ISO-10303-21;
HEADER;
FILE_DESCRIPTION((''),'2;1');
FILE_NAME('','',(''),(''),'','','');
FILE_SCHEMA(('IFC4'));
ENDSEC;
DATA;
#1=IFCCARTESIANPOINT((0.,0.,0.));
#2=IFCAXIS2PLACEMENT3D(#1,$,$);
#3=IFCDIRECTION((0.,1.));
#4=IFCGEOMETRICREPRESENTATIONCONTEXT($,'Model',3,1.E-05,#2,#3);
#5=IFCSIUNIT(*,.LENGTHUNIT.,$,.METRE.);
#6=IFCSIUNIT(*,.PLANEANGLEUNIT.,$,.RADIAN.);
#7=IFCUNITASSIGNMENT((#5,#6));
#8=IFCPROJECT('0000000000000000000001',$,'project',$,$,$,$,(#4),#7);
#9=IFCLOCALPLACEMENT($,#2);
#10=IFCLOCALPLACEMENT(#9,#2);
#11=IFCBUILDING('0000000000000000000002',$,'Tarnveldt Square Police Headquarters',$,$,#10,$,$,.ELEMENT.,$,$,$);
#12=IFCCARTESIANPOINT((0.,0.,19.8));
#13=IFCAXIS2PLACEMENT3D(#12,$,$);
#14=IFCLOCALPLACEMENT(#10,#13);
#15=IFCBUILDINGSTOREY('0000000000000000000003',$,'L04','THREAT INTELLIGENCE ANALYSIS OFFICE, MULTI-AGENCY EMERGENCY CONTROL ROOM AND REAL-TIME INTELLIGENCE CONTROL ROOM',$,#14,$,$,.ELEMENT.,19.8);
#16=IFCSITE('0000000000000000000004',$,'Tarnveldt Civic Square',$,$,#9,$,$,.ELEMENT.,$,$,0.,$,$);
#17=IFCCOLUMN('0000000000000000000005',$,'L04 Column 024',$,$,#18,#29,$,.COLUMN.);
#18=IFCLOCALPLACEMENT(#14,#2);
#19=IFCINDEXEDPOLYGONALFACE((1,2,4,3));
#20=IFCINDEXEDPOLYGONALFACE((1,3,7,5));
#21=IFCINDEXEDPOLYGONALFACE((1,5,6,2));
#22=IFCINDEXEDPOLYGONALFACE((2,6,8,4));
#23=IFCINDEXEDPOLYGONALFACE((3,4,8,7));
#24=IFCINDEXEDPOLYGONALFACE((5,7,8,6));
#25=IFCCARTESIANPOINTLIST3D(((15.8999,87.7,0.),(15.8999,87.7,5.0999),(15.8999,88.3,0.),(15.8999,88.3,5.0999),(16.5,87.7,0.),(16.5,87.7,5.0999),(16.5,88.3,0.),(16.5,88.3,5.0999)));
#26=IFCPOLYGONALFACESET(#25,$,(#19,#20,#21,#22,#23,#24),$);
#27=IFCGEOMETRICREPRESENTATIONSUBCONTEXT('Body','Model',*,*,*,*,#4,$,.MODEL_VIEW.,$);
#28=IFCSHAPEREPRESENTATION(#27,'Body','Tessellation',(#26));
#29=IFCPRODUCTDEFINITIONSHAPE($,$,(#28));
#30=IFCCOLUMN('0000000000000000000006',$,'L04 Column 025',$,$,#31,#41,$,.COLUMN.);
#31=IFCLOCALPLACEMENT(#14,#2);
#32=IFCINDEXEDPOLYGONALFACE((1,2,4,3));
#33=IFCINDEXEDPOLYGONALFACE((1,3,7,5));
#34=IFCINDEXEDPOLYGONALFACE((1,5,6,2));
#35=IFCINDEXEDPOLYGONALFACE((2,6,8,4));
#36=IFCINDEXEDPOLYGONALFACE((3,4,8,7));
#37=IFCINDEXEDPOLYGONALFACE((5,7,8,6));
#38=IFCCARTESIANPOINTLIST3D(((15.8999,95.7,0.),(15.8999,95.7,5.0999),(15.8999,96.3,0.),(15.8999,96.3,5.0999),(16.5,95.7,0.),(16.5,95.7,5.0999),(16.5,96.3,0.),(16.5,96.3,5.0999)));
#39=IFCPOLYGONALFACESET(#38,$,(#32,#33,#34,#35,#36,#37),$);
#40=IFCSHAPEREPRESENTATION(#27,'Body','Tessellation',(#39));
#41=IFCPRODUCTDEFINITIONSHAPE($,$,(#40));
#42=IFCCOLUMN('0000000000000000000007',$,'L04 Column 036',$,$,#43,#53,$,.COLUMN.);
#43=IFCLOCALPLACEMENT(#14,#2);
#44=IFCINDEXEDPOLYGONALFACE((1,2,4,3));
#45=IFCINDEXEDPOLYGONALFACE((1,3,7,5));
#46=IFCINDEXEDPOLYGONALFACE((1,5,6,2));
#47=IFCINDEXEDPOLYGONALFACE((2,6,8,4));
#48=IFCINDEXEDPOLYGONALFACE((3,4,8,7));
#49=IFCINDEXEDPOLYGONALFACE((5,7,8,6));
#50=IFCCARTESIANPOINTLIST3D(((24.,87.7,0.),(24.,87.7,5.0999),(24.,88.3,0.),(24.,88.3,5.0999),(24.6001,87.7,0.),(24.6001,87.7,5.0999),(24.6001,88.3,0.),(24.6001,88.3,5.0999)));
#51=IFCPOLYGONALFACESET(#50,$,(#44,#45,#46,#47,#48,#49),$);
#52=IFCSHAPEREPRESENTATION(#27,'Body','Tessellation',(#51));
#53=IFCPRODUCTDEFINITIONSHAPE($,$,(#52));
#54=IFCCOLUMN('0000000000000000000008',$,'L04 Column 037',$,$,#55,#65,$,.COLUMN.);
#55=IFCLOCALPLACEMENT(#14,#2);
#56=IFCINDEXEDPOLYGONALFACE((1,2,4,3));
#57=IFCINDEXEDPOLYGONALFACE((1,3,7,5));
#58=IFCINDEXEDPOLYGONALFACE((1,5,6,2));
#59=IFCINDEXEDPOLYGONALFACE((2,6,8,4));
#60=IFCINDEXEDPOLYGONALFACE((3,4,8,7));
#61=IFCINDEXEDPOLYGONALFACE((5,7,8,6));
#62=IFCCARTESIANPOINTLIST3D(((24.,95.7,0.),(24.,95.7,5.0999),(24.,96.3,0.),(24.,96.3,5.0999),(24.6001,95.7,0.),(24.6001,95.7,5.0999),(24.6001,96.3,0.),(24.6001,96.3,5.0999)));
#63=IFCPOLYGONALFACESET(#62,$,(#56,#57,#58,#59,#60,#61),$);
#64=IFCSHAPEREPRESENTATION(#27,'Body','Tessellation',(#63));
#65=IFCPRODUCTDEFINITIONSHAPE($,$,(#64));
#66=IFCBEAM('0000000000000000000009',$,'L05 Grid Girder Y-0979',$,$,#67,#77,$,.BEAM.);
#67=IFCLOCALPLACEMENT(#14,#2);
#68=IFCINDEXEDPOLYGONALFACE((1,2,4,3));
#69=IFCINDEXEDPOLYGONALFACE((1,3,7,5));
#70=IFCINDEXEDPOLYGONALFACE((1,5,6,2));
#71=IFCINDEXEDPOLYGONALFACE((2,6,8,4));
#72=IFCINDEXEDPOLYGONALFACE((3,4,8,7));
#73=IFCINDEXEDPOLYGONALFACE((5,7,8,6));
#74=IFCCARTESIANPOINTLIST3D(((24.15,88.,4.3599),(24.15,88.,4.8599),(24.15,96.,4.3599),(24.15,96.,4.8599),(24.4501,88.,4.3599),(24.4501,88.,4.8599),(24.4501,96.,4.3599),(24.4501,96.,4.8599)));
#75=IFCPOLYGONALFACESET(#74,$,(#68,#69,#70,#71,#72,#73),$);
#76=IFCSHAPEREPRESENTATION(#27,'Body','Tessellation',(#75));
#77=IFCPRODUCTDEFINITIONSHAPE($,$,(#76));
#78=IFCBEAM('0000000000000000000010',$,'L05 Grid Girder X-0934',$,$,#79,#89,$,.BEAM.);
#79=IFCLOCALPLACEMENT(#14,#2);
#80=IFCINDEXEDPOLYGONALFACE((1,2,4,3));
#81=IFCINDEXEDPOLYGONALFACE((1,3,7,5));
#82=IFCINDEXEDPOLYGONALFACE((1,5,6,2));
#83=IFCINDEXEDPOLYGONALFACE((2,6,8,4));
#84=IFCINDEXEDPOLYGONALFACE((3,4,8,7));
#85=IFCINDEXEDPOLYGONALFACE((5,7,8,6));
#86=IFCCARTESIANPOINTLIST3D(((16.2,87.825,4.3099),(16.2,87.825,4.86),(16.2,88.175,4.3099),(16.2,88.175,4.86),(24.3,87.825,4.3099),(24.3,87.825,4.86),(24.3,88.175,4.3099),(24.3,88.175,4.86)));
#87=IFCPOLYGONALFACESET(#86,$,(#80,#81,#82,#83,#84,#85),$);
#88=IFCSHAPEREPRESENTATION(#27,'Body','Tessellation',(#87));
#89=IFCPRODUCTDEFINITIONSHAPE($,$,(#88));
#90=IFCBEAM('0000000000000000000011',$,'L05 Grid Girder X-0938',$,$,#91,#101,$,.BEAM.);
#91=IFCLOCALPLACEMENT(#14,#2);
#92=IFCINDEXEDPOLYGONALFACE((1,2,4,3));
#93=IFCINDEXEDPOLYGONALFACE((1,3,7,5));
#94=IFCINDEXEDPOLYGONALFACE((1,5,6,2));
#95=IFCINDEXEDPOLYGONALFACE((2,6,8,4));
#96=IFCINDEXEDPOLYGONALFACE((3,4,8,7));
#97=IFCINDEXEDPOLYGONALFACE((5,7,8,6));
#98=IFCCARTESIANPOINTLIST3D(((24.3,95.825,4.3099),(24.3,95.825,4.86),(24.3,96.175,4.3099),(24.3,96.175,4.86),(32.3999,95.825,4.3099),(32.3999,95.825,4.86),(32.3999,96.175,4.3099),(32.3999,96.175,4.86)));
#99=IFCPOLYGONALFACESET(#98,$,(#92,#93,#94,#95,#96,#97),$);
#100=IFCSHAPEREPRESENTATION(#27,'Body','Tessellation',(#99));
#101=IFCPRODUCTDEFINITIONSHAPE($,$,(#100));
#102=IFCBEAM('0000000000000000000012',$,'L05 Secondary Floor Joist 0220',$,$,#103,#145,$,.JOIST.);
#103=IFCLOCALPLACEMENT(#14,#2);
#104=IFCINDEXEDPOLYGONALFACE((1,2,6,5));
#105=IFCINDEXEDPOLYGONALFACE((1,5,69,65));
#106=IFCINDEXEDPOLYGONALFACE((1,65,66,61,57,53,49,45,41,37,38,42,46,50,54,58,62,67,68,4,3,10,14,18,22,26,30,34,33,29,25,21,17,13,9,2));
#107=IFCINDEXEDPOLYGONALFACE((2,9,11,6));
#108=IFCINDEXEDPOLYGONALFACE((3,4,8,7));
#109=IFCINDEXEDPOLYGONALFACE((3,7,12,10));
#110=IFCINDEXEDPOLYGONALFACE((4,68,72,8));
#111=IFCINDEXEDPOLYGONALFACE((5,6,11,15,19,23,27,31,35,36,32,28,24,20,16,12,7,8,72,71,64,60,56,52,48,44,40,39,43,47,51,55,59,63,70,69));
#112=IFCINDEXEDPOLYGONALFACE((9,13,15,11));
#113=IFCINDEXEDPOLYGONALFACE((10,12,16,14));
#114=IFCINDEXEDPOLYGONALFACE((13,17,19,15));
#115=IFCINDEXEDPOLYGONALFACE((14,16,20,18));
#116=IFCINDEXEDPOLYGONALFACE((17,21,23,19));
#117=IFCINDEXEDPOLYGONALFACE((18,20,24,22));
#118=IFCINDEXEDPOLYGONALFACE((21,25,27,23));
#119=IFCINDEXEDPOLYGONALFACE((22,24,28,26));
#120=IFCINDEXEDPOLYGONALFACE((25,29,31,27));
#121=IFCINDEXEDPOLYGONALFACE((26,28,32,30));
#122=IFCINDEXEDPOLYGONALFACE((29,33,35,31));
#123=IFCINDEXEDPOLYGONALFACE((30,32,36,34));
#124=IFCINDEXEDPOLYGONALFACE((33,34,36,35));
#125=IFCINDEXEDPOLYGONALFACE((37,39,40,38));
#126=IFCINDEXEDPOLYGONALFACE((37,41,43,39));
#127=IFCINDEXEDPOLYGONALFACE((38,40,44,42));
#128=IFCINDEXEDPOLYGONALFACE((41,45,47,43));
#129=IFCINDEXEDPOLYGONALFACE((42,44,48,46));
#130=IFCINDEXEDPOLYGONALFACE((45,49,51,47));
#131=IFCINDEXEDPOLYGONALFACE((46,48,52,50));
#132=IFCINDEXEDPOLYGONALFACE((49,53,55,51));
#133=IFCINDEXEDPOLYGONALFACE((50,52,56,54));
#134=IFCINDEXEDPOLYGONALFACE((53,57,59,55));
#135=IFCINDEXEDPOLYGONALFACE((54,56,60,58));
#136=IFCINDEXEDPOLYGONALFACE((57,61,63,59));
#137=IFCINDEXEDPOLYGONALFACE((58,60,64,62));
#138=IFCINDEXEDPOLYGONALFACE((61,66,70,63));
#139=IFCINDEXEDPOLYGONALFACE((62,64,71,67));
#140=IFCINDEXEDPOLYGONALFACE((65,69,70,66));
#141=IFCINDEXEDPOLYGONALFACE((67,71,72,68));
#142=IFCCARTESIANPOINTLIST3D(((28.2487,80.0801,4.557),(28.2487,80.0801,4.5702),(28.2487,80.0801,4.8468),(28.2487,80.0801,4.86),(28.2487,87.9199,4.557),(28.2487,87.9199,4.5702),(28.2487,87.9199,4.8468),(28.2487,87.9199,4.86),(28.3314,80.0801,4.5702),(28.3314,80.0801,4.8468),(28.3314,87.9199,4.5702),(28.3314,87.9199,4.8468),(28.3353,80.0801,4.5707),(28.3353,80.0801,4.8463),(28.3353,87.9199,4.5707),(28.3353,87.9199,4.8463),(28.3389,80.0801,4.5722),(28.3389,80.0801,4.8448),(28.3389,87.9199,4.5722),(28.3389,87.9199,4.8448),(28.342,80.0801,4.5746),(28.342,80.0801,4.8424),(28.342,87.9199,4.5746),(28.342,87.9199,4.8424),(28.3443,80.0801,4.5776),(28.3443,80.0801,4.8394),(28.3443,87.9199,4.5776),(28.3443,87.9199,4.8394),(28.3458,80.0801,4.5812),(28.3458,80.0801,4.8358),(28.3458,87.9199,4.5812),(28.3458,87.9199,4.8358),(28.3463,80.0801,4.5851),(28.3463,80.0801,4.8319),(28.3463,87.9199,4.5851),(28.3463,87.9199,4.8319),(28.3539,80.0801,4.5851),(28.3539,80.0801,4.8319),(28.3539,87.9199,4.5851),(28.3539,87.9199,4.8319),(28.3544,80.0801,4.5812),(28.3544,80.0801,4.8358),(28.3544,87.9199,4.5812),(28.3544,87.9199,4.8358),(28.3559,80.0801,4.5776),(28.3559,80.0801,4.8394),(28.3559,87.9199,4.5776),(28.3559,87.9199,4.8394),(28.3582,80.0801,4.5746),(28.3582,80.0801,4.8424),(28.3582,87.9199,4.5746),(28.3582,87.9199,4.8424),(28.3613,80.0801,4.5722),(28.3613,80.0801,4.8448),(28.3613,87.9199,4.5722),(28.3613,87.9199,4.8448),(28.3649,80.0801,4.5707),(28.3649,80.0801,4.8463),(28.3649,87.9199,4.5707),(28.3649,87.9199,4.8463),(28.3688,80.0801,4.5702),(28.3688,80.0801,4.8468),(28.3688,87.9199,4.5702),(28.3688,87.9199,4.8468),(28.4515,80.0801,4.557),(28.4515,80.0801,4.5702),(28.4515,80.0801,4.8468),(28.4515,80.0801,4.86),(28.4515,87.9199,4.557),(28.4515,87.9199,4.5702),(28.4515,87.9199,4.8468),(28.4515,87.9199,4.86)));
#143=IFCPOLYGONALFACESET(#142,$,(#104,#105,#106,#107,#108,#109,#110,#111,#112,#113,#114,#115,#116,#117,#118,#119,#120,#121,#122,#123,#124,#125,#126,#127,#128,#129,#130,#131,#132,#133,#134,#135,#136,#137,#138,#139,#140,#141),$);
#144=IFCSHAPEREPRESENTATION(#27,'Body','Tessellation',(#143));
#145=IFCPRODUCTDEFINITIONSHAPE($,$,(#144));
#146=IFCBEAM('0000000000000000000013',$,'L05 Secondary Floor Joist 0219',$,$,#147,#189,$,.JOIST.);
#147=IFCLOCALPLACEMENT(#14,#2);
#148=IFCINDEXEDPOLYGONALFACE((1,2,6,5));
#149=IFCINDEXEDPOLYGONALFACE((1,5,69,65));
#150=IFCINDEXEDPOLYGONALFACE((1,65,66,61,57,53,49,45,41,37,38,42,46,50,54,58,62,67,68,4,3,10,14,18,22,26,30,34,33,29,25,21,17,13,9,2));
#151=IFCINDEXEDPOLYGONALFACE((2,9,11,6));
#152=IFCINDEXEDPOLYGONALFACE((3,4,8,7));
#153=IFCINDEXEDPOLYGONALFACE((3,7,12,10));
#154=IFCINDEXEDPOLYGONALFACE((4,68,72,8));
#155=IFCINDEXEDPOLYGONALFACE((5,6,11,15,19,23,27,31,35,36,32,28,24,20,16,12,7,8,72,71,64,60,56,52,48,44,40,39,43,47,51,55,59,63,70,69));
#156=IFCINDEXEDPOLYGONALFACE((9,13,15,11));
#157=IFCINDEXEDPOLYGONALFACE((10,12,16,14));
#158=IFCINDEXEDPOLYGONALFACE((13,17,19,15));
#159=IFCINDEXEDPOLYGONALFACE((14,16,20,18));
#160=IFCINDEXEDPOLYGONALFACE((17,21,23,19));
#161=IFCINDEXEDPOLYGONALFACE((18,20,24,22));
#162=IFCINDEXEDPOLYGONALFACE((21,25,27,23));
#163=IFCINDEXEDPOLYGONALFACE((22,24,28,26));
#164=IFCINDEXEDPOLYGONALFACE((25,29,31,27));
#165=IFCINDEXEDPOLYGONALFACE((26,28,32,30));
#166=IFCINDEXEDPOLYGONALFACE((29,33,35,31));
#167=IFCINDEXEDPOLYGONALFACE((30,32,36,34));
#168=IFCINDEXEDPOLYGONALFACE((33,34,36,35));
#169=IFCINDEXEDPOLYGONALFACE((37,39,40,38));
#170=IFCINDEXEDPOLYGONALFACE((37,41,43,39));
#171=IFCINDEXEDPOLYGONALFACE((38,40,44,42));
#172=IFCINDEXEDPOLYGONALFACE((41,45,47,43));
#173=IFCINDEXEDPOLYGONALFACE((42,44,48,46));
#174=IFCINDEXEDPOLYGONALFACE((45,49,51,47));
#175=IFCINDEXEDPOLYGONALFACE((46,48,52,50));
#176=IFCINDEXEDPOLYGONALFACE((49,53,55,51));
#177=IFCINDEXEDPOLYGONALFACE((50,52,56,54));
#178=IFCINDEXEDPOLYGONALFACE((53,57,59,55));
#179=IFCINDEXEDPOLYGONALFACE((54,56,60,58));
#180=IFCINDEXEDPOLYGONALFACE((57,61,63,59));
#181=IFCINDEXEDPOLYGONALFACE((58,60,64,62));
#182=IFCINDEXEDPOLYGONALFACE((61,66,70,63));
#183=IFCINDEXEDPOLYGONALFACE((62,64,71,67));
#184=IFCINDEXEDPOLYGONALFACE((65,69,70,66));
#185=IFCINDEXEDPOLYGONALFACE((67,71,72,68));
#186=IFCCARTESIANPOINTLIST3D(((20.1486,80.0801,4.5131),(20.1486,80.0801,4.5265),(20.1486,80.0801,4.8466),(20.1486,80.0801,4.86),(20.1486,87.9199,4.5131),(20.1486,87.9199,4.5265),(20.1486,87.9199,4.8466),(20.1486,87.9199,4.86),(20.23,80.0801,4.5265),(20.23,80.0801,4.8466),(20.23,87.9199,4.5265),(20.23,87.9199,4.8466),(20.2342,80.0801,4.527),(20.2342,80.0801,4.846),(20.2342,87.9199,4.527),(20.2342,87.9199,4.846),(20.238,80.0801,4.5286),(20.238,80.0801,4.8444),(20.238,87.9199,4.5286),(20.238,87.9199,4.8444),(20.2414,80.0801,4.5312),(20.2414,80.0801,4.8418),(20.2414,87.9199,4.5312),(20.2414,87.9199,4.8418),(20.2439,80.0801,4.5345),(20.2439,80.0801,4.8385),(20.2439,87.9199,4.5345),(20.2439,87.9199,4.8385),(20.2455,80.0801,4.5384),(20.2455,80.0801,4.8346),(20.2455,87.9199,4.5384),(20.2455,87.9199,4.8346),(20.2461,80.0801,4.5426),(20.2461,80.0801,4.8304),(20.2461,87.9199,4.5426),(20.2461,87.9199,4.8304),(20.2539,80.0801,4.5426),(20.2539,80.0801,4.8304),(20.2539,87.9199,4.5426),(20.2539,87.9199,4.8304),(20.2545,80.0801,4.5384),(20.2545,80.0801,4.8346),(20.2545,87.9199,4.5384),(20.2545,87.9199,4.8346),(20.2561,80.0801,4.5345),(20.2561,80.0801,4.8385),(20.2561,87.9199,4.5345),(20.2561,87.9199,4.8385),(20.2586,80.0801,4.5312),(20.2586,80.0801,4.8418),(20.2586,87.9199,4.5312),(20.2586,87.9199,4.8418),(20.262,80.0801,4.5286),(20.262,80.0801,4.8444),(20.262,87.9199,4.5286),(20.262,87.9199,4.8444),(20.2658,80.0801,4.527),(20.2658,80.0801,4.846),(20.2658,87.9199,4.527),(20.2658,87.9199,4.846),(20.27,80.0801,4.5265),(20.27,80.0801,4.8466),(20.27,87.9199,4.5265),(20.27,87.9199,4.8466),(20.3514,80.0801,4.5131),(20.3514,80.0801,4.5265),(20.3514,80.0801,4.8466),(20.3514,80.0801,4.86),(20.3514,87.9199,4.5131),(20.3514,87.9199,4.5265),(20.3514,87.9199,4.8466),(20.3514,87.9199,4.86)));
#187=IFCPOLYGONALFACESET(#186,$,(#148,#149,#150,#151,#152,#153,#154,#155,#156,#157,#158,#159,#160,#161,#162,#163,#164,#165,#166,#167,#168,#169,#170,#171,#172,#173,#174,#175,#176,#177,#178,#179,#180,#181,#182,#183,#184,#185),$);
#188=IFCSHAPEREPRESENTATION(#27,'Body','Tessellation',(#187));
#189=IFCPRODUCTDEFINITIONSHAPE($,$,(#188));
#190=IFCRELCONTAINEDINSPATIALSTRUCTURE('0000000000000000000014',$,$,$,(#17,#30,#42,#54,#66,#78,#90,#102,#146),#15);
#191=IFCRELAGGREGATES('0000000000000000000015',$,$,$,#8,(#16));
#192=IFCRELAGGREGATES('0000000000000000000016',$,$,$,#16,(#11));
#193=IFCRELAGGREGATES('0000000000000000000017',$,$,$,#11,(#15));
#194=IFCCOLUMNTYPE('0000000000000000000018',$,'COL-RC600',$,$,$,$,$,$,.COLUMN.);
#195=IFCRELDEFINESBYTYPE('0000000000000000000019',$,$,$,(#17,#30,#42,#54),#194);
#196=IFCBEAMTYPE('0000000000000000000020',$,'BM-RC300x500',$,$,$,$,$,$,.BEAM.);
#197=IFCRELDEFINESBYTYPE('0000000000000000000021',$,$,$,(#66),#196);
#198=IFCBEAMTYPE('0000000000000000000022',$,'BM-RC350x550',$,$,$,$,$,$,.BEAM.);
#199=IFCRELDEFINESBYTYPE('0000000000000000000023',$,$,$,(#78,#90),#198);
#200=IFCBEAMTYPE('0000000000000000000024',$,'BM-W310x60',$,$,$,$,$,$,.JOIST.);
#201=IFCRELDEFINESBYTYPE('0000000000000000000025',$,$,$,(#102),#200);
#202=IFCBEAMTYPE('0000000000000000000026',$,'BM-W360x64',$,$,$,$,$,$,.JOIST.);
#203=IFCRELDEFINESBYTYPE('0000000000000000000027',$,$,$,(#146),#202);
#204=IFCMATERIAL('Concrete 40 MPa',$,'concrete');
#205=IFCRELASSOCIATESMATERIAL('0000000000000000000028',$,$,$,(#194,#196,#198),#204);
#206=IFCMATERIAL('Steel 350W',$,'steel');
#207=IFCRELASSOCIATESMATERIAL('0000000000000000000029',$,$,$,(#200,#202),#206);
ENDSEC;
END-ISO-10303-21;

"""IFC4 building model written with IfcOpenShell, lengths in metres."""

from ifc_helpers import new_model, si_unit, direction, frame, origin, origin_2d, place, context, subcontext, project, spatial, rectangle, i_section, extrude, material, material_profile, profile_set, type_object, element, save


model = new_model("IFC4")

# Units and contexts
model_context = context("Model", 3, precision=1e-05, world=origin(), true_north=direction((0.0, 1.0)))
body_context = subcontext(model_context, "Body", "Model", "MODEL_VIEW")
ifc_project = project(units=[si_unit("LENGTHUNIT", "METRE"), si_unit("PLANEANGLEUNIT", "RADIAN")], contexts=[model_context])

# Site, building, storey
site_placement = place(None, origin())
site = spatial("IfcSite", under=ifc_project, at=site_placement, Name="Tarnveldt Civic Square", CompositionType="ELEMENT", RefElevation=0.0)
building_placement = place(site_placement, origin())
building = spatial("IfcBuilding", under=site, at=building_placement, Name="Tarnveldt Square Police Headquarters", CompositionType="ELEMENT")
storey_placement = place(building_placement, frame((0.0, 0.0, 19.8)))
storey = spatial("IfcBuildingStorey", under=building, at=storey_placement, Name="L04", Description="THREAT INTELLIGENCE ANALYSIS OFFICE, MULTI-AGENCY EMERGENCY CONTROL ROOM AND REAL-TIME INTELLIGENCE CONTROL ROOM", CompositionType="ELEMENT", Elevation=19.8)

# Columns
ifc_material_1 = material(Name="Concrete 40 MPa", Category="concrete")
ifc_material_profile_1 = material_profile(ifc_material_1, rectangle(XDim=0.6001, YDim=0.6001, at=origin_2d()), Name="RC-C600x600")
ifc_profile_set_1 = profile_set([ifc_material_profile_1], Name="Concrete 40 MPa")
column_type = type_object("IfcColumnType", Name="COL-RC600", PredefinedType="COLUMN", material=ifc_profile_set_1)
for number, where, z_axis, x_axis, name in (
    (1, (16.2, 88.0, 0.0), (0.0, 0.0, 1.0), (1.0, 0.0, 0.0), "L04 Column 024"),
    (2, (16.2, 96.0, 0.0), (0.0, 0.0, 1.0), (1.0, 0.0, 0.0), "L04 Column 025"),
    (3, (24.3, 88.0, 0.0), (0.0, 0.0, 1.0), (1.0, 0.0, 0.0), "L04 Column 036"),
    (4, (24.3, 96.0, 0.0), (0.0, 0.0, 1.0), (1.0, 0.0, 0.0), "L04 Column 037"),
):
    element("IfcColumn", number, at=place(storey_placement, frame(where, z_axis=z_axis, x_axis=x_axis)), inside=storey, type_object=column_type, Name=name, PredefinedType="COLUMN", context=body_context, shape_type="SweptSolid", body=[
        extrude(rectangle(XDim=0.6001, YDim=0.6001, at=origin_2d()), origin(), (0.0, 0.0, 1.0), 5.0999),
    ])

# Beams
ifc_material_profile_2 = material_profile(ifc_material_1, rectangle(XDim=0.3, YDim=0.5, at=origin_2d()), Name="RC-B300x500")
ifc_profile_set_2 = profile_set([ifc_material_profile_2], Name="Concrete 40 MPa")
beam_type_1 = type_object("IfcBeamType", Name="BM-RC300x500", PredefinedType="BEAM", material=ifc_profile_set_2)
beam_1_placement = place(storey_placement, frame((24.3, 88.0, 4.6099), z_axis=(0.0, 1.0, 0.0), x_axis=(-1.0, 0.0, 0.0)))
element("IfcBeam", 5, at=beam_1_placement, inside=storey, type_object=beam_type_1, Name="L05 Grid Girder Y-0979", PredefinedType="BEAM", context=body_context, shape_type="SweptSolid", body=[
    extrude(rectangle(XDim=0.3, YDim=0.5, at=origin_2d()), origin(), (0.0, 0.0, 1.0), 8.0),
])
ifc_material_profile_3 = material_profile(ifc_material_1, rectangle(XDim=0.3501, YDim=0.55, at=origin_2d()), Name="RC-B350x550")
ifc_profile_set_3 = profile_set([ifc_material_profile_3], Name="Concrete 40 MPa")
beam_type_2 = type_object("IfcBeamType", Name="BM-RC350x550", PredefinedType="BEAM", material=ifc_profile_set_3)
beam_2_placement = place(storey_placement, frame((16.2, 88.0, 4.585), z_axis=(1.0, 0.0, 0.0), x_axis=(0.0, 1.0, 0.0)))
element("IfcBeam", 6, at=beam_2_placement, inside=storey, type_object=beam_type_2, Name="L05 Grid Girder X-0934", PredefinedType="BEAM", context=body_context, shape_type="SweptSolid", body=[
    extrude(rectangle(XDim=0.3501, YDim=0.55, at=origin_2d()), origin(), (0.0, 0.0, 1.0), 8.1001),
])
beam_3_placement = place(storey_placement, frame((24.3, 96.0, 4.585), z_axis=(1.0, 0.0, 0.0), x_axis=(0.0, 1.0, 0.0)))
element("IfcBeam", 7, at=beam_3_placement, inside=storey, type_object=beam_type_2, Name="L05 Grid Girder X-0938", PredefinedType="BEAM", context=body_context, shape_type="SweptSolid", body=[
    extrude(rectangle(XDim=0.3501, YDim=0.55, at=origin_2d()), origin(), (0.0, 0.0, 1.0), 8.0999),
])
ifc_material_2 = material(Name="Steel 350W", Category="steel")
ifc_material_profile_4 = material_profile(ifc_material_2, i_section(OverallWidth=0.2029, OverallDepth=0.303, WebThickness=0.0076, FlangeThickness=0.0132, FilletRadius=0.0149, at=origin_2d()), Name="W310x60")
ifc_profile_set_4 = profile_set([ifc_material_profile_4], Name="Steel 350W")
beam_type_3 = type_object("IfcBeamType", Name="BM-W310x60", PredefinedType="JOIST", material=ifc_profile_set_4)
beam_4_placement = place(storey_placement, frame((28.3501, 80.0801, 4.7085), z_axis=(0.0, 1.0, 0.0), x_axis=(-1.0, 0.0, 0.0)))
element("IfcBeam", 8, at=beam_4_placement, inside=storey, type_object=beam_type_3, Name="L05 Secondary Floor Joist 0220", PredefinedType="JOIST", context=body_context, shape_type="SweptSolid", body=[
    extrude(i_section(OverallWidth=0.2029, OverallDepth=0.303, WebThickness=0.0076, FlangeThickness=0.0132, FilletRadius=0.0149, at=origin_2d()), origin(), (0.0, 0.0, 1.0), 7.8398),
])
ifc_material_profile_5 = material_profile(ifc_material_2, i_section(OverallWidth=0.2029, OverallDepth=0.3469, WebThickness=0.0078, FlangeThickness=0.0134, FilletRadius=0.0161, at=origin_2d()), Name="W360x64")
ifc_profile_set_5 = profile_set([ifc_material_profile_5], Name="Steel 350W")
beam_type_4 = type_object("IfcBeamType", Name="BM-W360x64", PredefinedType="JOIST", material=ifc_profile_set_5)
for number, where, z_axis, x_axis, name in (
    (9, (20.25, 80.0801, 4.6865), (0.0, 1.0, 0.0), (-1.0, 0.0, 0.0), "L05 Secondary Floor Joist 0219"),
):
    element("IfcBeam", number, at=place(storey_placement, frame(where, z_axis=z_axis, x_axis=x_axis)), inside=storey, type_object=beam_type_4, Name=name, PredefinedType="JOIST", context=body_context, shape_type="SweptSolid", body=[
        extrude(i_section(OverallWidth=0.2029, OverallDepth=0.3469, WebThickness=0.0078, FlangeThickness=0.0134, FilletRadius=0.0161, at=origin_2d()), origin(), (0.0, 0.0, 1.0), 7.8398),
    ])

save(model, "model.ifc")
